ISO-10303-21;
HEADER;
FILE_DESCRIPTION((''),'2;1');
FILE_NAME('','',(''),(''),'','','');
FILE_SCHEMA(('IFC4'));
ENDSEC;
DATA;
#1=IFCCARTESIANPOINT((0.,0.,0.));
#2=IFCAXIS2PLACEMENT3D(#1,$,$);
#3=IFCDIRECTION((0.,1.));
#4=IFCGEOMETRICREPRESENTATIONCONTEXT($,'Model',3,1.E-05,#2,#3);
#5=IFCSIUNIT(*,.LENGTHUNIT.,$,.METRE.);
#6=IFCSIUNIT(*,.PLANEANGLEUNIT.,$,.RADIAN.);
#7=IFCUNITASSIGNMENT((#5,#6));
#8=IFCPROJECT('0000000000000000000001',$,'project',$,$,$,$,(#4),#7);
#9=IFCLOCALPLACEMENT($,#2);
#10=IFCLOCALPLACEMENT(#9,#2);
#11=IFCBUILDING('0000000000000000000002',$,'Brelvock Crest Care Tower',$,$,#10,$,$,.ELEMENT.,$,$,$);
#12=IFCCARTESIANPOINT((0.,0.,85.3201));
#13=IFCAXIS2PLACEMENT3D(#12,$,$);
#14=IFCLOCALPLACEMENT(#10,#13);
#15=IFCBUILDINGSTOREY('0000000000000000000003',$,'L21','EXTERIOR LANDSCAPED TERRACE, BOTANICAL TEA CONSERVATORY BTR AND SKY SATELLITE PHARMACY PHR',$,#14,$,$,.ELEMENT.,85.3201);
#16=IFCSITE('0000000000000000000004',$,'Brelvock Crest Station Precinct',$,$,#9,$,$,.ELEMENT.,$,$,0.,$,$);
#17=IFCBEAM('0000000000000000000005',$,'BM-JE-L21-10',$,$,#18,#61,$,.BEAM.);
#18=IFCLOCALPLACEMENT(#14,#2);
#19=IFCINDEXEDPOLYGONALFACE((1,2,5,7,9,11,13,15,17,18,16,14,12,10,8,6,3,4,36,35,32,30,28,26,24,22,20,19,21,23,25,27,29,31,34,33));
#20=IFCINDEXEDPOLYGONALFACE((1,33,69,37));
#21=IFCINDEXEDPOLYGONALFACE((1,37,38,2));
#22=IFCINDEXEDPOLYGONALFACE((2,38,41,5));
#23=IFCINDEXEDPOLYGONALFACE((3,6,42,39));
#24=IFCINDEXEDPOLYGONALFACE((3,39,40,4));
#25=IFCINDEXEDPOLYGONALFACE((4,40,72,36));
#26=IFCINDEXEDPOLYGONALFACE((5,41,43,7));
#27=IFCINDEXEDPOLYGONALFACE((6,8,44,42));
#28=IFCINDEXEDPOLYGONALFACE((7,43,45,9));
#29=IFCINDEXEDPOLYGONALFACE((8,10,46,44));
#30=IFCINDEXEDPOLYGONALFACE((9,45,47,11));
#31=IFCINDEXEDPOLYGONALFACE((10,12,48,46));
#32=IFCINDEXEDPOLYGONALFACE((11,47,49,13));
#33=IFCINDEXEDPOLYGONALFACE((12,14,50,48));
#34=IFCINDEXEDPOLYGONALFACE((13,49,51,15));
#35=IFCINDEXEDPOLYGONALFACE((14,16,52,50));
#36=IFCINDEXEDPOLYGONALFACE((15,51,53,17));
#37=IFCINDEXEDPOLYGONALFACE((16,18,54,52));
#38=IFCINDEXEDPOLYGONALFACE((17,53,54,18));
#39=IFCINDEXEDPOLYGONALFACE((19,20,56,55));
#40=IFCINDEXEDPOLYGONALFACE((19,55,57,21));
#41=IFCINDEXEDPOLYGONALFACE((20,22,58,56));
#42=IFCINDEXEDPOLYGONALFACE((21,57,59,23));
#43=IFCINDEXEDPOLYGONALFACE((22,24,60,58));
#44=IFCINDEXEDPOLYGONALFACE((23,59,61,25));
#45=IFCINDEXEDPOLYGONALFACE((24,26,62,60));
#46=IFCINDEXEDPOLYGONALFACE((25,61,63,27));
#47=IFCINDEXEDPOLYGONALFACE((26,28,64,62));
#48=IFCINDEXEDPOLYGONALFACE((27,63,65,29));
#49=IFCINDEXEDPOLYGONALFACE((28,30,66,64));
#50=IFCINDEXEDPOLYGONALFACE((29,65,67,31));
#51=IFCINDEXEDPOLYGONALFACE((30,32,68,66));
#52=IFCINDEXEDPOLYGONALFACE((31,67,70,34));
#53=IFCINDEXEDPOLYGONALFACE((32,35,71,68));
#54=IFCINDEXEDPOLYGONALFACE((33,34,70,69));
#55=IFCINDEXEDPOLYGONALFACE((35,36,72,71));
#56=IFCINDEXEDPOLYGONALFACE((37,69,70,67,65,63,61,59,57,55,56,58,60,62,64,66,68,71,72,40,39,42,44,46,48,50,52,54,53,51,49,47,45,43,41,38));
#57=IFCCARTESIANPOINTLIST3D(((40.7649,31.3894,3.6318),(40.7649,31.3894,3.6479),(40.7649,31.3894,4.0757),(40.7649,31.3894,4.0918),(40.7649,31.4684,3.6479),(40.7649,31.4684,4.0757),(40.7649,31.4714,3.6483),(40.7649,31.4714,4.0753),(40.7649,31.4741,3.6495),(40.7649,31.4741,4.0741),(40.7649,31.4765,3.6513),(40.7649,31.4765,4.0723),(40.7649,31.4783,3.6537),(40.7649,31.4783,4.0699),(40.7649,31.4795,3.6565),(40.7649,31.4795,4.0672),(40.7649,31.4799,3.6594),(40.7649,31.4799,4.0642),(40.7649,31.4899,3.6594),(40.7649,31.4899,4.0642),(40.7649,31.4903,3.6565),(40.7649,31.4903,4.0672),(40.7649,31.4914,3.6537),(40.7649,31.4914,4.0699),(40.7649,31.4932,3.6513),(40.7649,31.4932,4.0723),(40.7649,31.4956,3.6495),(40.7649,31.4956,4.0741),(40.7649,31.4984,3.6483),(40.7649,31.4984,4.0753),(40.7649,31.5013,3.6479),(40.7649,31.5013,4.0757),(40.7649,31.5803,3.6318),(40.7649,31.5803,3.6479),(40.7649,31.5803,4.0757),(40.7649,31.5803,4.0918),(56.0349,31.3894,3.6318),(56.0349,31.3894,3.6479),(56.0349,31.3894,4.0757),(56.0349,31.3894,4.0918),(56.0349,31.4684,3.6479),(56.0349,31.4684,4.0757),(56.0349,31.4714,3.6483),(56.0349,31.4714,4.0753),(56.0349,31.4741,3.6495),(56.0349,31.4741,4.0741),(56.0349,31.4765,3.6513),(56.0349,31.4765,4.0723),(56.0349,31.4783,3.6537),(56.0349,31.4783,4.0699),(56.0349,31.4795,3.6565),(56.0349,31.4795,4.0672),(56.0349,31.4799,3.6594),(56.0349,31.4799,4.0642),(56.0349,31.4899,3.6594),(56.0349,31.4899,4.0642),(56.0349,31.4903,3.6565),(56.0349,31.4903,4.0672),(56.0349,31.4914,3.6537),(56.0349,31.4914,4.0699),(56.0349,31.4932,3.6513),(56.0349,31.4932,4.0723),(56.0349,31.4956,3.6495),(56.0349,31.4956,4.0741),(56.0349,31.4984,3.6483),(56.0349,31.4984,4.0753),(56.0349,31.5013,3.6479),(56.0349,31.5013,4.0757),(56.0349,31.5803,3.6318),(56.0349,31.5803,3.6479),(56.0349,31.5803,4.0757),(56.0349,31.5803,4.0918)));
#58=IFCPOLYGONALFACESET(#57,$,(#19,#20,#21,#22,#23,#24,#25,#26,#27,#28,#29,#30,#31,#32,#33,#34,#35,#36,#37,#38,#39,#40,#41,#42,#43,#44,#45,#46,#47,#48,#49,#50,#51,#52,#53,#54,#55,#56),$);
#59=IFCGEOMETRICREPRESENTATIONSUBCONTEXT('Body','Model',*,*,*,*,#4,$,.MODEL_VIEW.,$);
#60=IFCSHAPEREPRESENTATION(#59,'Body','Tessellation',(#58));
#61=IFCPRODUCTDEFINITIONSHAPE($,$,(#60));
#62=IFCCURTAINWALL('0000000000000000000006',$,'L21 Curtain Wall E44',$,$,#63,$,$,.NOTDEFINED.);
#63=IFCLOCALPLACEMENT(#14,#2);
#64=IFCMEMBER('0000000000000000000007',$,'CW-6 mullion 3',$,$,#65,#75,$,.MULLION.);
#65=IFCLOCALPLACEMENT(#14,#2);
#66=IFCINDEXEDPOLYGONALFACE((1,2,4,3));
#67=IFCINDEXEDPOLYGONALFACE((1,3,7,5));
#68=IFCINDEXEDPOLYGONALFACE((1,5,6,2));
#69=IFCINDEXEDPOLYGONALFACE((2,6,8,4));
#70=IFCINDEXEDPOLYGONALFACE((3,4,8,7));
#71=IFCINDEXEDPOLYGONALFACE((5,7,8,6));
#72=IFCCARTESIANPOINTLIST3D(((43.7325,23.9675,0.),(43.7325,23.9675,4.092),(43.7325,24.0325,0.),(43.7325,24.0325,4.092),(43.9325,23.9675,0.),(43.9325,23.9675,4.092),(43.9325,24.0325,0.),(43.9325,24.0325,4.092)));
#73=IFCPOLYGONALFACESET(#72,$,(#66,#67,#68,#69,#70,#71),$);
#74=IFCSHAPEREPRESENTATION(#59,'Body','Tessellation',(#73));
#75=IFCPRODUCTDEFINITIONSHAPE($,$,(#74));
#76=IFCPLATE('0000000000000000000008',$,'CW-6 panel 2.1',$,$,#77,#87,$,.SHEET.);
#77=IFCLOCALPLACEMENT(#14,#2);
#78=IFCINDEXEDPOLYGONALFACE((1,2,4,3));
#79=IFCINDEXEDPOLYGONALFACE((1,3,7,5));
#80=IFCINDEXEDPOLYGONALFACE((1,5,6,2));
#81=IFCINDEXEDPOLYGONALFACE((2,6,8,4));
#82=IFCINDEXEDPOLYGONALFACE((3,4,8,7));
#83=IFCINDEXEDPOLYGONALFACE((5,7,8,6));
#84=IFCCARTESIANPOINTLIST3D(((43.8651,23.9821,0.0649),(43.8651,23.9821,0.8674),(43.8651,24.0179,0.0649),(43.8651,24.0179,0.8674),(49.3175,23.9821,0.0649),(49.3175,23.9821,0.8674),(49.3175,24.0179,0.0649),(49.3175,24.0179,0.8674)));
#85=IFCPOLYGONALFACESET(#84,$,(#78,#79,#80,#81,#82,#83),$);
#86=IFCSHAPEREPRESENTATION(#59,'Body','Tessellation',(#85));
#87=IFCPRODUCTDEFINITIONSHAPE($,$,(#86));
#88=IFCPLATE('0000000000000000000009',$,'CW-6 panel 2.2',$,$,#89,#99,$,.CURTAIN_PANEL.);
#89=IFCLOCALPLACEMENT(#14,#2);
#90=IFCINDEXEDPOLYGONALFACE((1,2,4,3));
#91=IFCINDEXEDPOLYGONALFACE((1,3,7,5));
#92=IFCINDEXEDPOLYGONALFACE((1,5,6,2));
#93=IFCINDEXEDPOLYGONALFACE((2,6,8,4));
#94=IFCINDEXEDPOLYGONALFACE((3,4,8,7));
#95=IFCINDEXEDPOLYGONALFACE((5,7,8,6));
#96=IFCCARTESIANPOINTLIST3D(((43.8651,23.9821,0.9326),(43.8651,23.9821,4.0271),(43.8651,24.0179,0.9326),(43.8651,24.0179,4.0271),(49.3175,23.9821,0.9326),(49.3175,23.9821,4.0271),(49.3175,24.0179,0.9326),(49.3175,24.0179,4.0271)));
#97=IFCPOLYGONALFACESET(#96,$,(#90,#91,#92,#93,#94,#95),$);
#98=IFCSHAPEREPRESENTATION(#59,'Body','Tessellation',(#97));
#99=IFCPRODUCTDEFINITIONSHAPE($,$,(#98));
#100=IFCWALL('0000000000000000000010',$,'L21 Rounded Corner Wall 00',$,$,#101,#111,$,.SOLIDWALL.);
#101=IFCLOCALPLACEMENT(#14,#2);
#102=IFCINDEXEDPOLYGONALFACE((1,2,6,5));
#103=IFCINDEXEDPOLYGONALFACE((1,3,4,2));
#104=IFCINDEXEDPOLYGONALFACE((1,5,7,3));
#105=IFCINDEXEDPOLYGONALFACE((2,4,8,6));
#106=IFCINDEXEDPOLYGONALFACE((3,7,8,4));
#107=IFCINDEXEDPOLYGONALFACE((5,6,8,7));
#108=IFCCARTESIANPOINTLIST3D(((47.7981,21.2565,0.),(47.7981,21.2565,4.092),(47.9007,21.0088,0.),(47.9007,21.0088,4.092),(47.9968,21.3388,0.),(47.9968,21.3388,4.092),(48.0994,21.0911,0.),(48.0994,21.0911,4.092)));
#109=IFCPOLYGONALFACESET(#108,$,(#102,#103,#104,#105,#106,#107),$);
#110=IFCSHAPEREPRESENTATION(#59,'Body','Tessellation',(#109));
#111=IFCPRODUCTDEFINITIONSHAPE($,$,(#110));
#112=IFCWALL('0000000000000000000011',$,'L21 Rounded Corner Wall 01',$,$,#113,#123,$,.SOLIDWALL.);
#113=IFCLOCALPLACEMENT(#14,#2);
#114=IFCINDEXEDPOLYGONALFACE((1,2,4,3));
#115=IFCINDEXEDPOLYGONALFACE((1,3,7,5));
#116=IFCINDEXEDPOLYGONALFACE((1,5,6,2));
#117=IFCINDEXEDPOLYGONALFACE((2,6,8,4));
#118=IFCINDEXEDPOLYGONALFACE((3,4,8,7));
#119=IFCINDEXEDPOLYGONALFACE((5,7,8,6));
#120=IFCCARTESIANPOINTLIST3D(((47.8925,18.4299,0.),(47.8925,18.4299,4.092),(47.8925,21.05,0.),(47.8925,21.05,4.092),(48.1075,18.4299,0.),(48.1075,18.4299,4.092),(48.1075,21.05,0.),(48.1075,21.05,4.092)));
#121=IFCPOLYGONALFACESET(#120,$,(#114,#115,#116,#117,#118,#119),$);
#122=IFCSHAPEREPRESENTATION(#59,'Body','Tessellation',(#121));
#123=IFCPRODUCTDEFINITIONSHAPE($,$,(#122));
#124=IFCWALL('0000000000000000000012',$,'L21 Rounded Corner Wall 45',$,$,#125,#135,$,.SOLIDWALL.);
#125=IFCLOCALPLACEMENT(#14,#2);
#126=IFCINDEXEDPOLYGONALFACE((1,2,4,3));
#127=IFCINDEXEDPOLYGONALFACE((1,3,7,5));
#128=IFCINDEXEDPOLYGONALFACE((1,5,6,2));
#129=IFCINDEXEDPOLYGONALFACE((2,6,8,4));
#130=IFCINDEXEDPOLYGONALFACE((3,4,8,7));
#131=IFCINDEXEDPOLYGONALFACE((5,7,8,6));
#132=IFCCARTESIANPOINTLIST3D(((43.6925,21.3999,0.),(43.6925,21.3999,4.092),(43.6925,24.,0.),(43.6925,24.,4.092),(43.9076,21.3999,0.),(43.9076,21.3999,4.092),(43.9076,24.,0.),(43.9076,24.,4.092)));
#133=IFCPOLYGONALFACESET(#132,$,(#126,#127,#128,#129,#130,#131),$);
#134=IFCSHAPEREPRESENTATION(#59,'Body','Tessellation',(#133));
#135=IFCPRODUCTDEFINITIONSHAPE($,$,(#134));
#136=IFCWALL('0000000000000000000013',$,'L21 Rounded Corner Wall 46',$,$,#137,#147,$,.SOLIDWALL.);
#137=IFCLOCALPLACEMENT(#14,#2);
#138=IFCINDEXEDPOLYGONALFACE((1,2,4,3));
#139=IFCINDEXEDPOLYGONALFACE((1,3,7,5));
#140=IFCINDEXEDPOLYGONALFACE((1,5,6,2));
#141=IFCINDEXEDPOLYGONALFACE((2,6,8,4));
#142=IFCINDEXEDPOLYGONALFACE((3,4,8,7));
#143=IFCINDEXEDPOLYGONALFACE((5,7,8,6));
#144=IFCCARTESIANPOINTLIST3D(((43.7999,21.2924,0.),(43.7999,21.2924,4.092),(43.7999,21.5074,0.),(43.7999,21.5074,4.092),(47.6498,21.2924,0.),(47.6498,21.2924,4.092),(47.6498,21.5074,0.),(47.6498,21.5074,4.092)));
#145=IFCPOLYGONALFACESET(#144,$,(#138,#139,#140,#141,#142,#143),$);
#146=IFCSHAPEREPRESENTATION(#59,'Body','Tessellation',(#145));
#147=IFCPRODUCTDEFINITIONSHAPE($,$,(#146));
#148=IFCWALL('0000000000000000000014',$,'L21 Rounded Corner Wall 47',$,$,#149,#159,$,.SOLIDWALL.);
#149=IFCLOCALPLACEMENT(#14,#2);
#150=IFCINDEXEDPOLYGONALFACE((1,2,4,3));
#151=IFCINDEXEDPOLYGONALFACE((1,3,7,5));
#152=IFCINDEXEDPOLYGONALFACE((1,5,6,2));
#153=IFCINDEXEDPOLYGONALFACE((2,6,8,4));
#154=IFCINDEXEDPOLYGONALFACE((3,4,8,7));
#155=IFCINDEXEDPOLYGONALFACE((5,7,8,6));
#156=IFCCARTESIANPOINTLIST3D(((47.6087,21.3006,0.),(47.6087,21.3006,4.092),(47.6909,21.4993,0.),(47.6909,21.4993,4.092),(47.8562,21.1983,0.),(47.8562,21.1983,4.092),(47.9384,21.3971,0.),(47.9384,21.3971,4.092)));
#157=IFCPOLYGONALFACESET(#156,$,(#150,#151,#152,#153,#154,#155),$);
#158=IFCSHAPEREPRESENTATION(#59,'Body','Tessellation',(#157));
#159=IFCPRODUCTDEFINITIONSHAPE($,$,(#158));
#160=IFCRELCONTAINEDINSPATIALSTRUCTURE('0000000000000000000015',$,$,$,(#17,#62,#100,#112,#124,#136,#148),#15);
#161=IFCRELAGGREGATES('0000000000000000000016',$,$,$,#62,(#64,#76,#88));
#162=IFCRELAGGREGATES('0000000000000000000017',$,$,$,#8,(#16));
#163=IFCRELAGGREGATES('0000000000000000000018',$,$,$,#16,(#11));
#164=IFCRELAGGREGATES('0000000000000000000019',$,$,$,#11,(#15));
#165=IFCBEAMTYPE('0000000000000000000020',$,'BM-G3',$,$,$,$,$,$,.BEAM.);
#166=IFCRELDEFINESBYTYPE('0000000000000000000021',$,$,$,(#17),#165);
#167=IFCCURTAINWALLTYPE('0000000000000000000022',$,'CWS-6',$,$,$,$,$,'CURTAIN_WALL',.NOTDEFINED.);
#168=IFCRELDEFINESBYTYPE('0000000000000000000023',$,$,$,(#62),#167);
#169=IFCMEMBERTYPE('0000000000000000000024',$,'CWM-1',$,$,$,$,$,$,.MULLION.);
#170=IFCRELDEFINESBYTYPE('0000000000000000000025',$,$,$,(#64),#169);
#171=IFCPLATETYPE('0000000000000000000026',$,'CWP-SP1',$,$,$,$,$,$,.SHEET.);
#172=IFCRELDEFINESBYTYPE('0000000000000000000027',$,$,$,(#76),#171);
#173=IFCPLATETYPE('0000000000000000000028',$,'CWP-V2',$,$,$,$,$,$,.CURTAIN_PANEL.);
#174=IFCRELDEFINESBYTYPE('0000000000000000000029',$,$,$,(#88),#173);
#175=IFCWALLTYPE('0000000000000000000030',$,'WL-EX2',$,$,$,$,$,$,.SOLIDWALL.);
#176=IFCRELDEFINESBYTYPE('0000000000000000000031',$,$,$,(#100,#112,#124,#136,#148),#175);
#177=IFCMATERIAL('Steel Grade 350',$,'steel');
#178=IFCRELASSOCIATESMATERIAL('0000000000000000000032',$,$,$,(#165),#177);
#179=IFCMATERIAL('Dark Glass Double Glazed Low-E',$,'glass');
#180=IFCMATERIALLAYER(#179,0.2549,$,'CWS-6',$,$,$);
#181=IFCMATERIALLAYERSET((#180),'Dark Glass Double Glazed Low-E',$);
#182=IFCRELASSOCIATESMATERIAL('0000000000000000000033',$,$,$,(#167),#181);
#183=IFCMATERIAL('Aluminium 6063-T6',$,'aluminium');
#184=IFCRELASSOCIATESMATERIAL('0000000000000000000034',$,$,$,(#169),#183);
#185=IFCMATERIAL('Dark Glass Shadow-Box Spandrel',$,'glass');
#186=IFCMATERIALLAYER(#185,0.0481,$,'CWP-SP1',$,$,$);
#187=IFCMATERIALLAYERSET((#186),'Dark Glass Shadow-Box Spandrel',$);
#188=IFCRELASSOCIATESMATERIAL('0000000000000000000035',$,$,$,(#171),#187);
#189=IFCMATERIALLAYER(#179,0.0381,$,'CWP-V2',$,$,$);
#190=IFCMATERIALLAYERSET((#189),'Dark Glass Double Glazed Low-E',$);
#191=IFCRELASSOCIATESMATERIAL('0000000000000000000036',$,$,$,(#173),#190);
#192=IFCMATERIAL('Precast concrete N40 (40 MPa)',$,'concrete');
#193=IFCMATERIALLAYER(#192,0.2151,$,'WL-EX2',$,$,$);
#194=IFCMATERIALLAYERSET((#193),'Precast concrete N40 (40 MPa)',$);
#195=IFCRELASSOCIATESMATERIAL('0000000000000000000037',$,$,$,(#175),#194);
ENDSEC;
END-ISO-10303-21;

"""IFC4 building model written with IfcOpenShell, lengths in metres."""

from ifc_helpers import new_model, si_unit, direction, frame, frame_2d, origin, origin_2d, place, context, subcontext, project, spatial, rectangle, i_section, extrude, source, transform, mapped, material, layer, layer_set, material_profile, profile_set, type_object, element, aggregate, save


model = new_model("IFC4")

# Units and contexts
model_context = context("Model", 3, precision=1e-05, world=origin(), true_north=direction((0.0, 1.0)))
body_context = subcontext(model_context, "Body", "Model", "MODEL_VIEW")
ifc_project = project(units=[si_unit("LENGTHUNIT", "METRE"), si_unit("PLANEANGLEUNIT", "RADIAN")], contexts=[model_context])

# Site, building, storey
site_placement = place(None, origin())
site = spatial("IfcSite", under=ifc_project, at=site_placement, Name="Brelvock Crest Station Precinct", CompositionType="ELEMENT", RefElevation=0.0)
building_placement = place(site_placement, origin())
building = spatial("IfcBuilding", under=site, at=building_placement, Name="Brelvock Crest Care Tower", CompositionType="ELEMENT")
storey_placement = place(building_placement, frame((0.0, 0.0, 85.3201)))
storey = spatial("IfcBuildingStorey", under=building, at=storey_placement, Name="L21", Description="EXTERIOR LANDSCAPED TERRACE, BOTANICAL TEA CONSERVATORY BTR AND SKY SATELLITE PHARMACY PHR", CompositionType="ELEMENT", Elevation=85.3201)

# Shared definitions
ifc_material_1 = material(Name="Steel Grade 350", Category="steel")

# Beam
ifc_material_profile_1 = material_profile(ifc_material_1, i_section(OverallWidth=0.1909, OverallDepth=0.46, WebThickness=0.01, FlangeThickness=0.0161, FilletRadius=0.0115, at=origin_2d()), Name="460UB82.1")
ifc_profile_set_1 = profile_set([ifc_material_profile_1], Name="Steel Grade 350")
beam_type_1 = type_object("IfcBeamType", Name="BM-G3", PredefinedType="BEAM", material=ifc_profile_set_1)
shared_shape_1 = source(origin(), body_context, "Body", "SweptSolid", [
    extrude(i_section(OverallWidth=0.1909, OverallDepth=0.46, WebThickness=0.01, FlangeThickness=0.0161, FilletRadius=0.0115, at=origin_2d()), origin(), (0.0, 0.0, 1.0), 15.27),
])
for number, where, z_axis, x_axis, name in (
    (1, (40.7649, 31.4849, 3.8618), (1.0, 0.0, 0.0), (0.0, 1.0, 0.0), "BM-JE-L21-10"),
):
    element("IfcBeam", number, at=place(storey_placement, frame(where, z_axis=z_axis, x_axis=x_axis)), inside=storey, type_object=beam_type_1, Name=name, PredefinedType="BEAM", context=body_context, shape_type="MappedRepresentation", body=[
        mapped(shared_shape_1, transform((0.0, 0.0, 0.0), x_axis=(1.0, 0.0, 0.0), y_axis=(0.0, 1.0, 0.0), z_axis=(0.0, 0.0, 1.0), scale=1.0)),
    ])

# Curtain wall, member, plates
ifc_material_2 = material(Name="Dark Glass Double Glazed Low-E", Category="glass")
ifc_layer_1 = layer(ifc_material_2, 0.2549, Name="CWS-6")
ifc_layer_set_1 = layer_set([ifc_layer_1], Name="Dark Glass Double Glazed Low-E")
curtain_wall_type = type_object("IfcCurtainWallType", Name="CWS-6", ElementType="CURTAIN_WALL", PredefinedType="NOTDEFINED", material=ifc_layer_set_1)
curtain_wall_placement = place(storey_placement, origin())
curtain_wall = element("IfcCurtainWall", 2, at=curtain_wall_placement, inside=storey, type_object=curtain_wall_type, Name="L21 Curtain Wall E44", PredefinedType="NOTDEFINED")
ifc_material_3 = material(Name="Aluminium 6063-T6", Category="aluminium")
ifc_material_profile_2 = material_profile(ifc_material_3, rectangle(XDim=0.0649, YDim=0.2, at=origin_2d()), Name="ALU65x200")
ifc_profile_set_2 = profile_set([ifc_material_profile_2], Name="Aluminium 6063-T6")
member_type = type_object("IfcMemberType", Name="CWM-1", PredefinedType="MULLION", material=ifc_profile_set_2)
shared_shape_2 = source(origin(), body_context, "Body", "SweptSolid", [
    extrude(rectangle(XDim=0.0649, YDim=0.2, at=origin_2d()), origin(), (0.0, 0.0, 1.0), 4.092),
])
member_placement = place(storey_placement, frame((43.8325, 24.0, 0.0), z_axis=(0.0, 0.0, 1.0), x_axis=(0.0, -1.0, 0.0)))
member = element("IfcMember", 3, at=member_placement, type_object=member_type, Name="CW-6 mullion 3", PredefinedType="MULLION", context=body_context, shape_type="MappedRepresentation", body=[
    mapped(shared_shape_2, transform((0.0, 0.0, 0.0), x_axis=(1.0, 0.0, 0.0), y_axis=(0.0, 1.0, 0.0), z_axis=(0.0, 0.0, 1.0), scale=1.0)),
])
ifc_material_4 = material(Name="Dark Glass Shadow-Box Spandrel", Category="glass")
ifc_layer_2 = layer(ifc_material_4, 0.0481, Name="CWP-SP1")
ifc_layer_set_2 = layer_set([ifc_layer_2], Name="Dark Glass Shadow-Box Spandrel")
plate_type_1 = type_object("IfcPlateType", Name="CWP-SP1", PredefinedType="SHEET", material=ifc_layer_set_2)
shared_shape_3 = source(origin(), body_context, "Body", "SweptSolid", [
    extrude(rectangle(XDim=5.4524, YDim=0.0359, at=origin_2d()), origin(), (0.0, 0.0, 1.0), 0.8025),
])
plate_1_placement = place(storey_placement, frame((46.5913, 24.0, 0.0649), z_axis=(0.0, 0.0, 1.0), x_axis=(-1.0, 0.0, 0.0)))
plate_1 = element("IfcPlate", 4, at=plate_1_placement, type_object=plate_type_1, Name="CW-6 panel 2.1", PredefinedType="SHEET", context=body_context, shape_type="MappedRepresentation", body=[
    mapped(shared_shape_3, transform((0.0, 0.0, 0.0), x_axis=(1.0, 0.0, 0.0), y_axis=(0.0, 1.0, 0.0), z_axis=(0.0, 0.0, 1.0), scale=1.0)),
])
ifc_layer_3 = layer(ifc_material_2, 0.0381, Name="CWP-V2")
ifc_layer_set_3 = layer_set([ifc_layer_3], Name="Dark Glass Double Glazed Low-E")
plate_type_2 = type_object("IfcPlateType", Name="CWP-V2", PredefinedType="CURTAIN_PANEL", material=ifc_layer_set_3)
shared_shape_4 = source(origin(), body_context, "Body", "SweptSolid", [
    extrude(rectangle(XDim=5.4524, YDim=0.0359, at=origin_2d()), origin(), (0.0, 0.0, 1.0), 3.0945),
])
plate_2_placement = place(storey_placement, frame((46.5913, 24.0, 0.9326), z_axis=(0.0, 0.0, 1.0), x_axis=(-1.0, 0.0, 0.0)))
plate_2 = element("IfcPlate", 5, at=plate_2_placement, type_object=plate_type_2, Name="CW-6 panel 2.2", PredefinedType="CURTAIN_PANEL", context=body_context, shape_type="MappedRepresentation", body=[
    mapped(shared_shape_4, transform((0.0, 0.0, 0.0), x_axis=(1.0, 0.0, 0.0), y_axis=(0.0, 1.0, 0.0), z_axis=(0.0, 0.0, 1.0), scale=1.0)),
])
aggregate(curtain_wall, [member, plate_1, plate_2])

# Walls
ifc_material_5 = material(Name="Precast concrete N40 (40 MPa)", Category="concrete")
ifc_layer_4 = layer(ifc_material_5, 0.2151, Name="WL-EX2")
ifc_layer_set_4 = layer_set([ifc_layer_4], Name="Precast concrete N40 (40 MPa)")
wall_type_1 = type_object("IfcWallType", Name="WL-EX2", PredefinedType="SOLIDWALL", material=ifc_layer_set_4)
wall_1_placement = place(storey_placement, frame((47.8975, 21.2976, 0.0), z_axis=(0.0, 0.0, 1.0), x_axis=(0.382674, -0.923884, 0.0)))
element("IfcWall", 6, at=wall_1_placement, inside=storey, type_object=wall_type_1, Name="L21 Rounded Corner Wall 00", PredefinedType="SOLIDWALL", context=body_context, shape_type="SweptSolid", body=[
    extrude(rectangle(XDim=0.2681, YDim=0.2151, at=frame_2d((0.134, 0.0))), origin(), (0.0, 0.0, 1.0), 4.092),
])
wall_2_placement = place(storey_placement, frame((48.0, 21.05, 0.0), z_axis=(0.0, 0.0, 1.0), x_axis=(0.0, -1.0, 0.0)))
element("IfcWall", 7, at=wall_2_placement, inside=storey, type_object=wall_type_1, Name="L21 Rounded Corner Wall 01", PredefinedType="SOLIDWALL", context=body_context, shape_type="SweptSolid", body=[
    extrude(rectangle(XDim=2.6201, YDim=0.2151, at=frame_2d((1.3101, 0.0))), origin(), (0.0, 0.0, 1.0), 4.092),
])
wall_3_placement = place(storey_placement, frame((43.8, 24.0, 0.0), z_axis=(0.0, 0.0, 1.0), x_axis=(0.0, -1.0, 0.0)))
element("IfcWall", 8, at=wall_3_placement, inside=storey, type_object=wall_type_1, Name="L21 Rounded Corner Wall 45", PredefinedType="SOLIDWALL", context=body_context, shape_type="SweptSolid", body=[
    extrude(rectangle(XDim=2.6001, YDim=0.2151, at=frame_2d((1.3, 0.0))), origin(), (0.0, 0.0, 1.0), 4.092),
])
wall_4_placement = place(storey_placement, frame((43.8, 21.3999, 0.0), z_axis=(0.0, 0.0, 1.0), x_axis=(1.0, 0.0, 0.0)))
element("IfcWall", 9, at=wall_4_placement, inside=storey, type_object=wall_type_1, Name="L21 Rounded Corner Wall 46", PredefinedType="SOLIDWALL", context=body_context, shape_type="SweptSolid", body=[
    extrude(rectangle(XDim=3.8499, YDim=0.2151, at=frame_2d((1.9248, 0.0))), origin(), (0.0, 0.0, 1.0), 4.092),
])
wall_5_placement = place(storey_placement, frame((47.6499, 21.3999, 0.0), z_axis=(0.0, 0.0, 1.0), x_axis=(0.924205, -0.381896, 0.0)))
element("IfcWall", 10, at=wall_5_placement, inside=storey, type_object=wall_type_1, Name="L21 Rounded Corner Wall 47", PredefinedType="SOLIDWALL", context=body_context, shape_type="SweptSolid", body=[
    extrude(rectangle(XDim=0.2678, YDim=0.2151, at=frame_2d((0.1338, 0.0))), origin(), (0.0, 0.0, 1.0), 4.092),
])

save(model, "model.ifc")
